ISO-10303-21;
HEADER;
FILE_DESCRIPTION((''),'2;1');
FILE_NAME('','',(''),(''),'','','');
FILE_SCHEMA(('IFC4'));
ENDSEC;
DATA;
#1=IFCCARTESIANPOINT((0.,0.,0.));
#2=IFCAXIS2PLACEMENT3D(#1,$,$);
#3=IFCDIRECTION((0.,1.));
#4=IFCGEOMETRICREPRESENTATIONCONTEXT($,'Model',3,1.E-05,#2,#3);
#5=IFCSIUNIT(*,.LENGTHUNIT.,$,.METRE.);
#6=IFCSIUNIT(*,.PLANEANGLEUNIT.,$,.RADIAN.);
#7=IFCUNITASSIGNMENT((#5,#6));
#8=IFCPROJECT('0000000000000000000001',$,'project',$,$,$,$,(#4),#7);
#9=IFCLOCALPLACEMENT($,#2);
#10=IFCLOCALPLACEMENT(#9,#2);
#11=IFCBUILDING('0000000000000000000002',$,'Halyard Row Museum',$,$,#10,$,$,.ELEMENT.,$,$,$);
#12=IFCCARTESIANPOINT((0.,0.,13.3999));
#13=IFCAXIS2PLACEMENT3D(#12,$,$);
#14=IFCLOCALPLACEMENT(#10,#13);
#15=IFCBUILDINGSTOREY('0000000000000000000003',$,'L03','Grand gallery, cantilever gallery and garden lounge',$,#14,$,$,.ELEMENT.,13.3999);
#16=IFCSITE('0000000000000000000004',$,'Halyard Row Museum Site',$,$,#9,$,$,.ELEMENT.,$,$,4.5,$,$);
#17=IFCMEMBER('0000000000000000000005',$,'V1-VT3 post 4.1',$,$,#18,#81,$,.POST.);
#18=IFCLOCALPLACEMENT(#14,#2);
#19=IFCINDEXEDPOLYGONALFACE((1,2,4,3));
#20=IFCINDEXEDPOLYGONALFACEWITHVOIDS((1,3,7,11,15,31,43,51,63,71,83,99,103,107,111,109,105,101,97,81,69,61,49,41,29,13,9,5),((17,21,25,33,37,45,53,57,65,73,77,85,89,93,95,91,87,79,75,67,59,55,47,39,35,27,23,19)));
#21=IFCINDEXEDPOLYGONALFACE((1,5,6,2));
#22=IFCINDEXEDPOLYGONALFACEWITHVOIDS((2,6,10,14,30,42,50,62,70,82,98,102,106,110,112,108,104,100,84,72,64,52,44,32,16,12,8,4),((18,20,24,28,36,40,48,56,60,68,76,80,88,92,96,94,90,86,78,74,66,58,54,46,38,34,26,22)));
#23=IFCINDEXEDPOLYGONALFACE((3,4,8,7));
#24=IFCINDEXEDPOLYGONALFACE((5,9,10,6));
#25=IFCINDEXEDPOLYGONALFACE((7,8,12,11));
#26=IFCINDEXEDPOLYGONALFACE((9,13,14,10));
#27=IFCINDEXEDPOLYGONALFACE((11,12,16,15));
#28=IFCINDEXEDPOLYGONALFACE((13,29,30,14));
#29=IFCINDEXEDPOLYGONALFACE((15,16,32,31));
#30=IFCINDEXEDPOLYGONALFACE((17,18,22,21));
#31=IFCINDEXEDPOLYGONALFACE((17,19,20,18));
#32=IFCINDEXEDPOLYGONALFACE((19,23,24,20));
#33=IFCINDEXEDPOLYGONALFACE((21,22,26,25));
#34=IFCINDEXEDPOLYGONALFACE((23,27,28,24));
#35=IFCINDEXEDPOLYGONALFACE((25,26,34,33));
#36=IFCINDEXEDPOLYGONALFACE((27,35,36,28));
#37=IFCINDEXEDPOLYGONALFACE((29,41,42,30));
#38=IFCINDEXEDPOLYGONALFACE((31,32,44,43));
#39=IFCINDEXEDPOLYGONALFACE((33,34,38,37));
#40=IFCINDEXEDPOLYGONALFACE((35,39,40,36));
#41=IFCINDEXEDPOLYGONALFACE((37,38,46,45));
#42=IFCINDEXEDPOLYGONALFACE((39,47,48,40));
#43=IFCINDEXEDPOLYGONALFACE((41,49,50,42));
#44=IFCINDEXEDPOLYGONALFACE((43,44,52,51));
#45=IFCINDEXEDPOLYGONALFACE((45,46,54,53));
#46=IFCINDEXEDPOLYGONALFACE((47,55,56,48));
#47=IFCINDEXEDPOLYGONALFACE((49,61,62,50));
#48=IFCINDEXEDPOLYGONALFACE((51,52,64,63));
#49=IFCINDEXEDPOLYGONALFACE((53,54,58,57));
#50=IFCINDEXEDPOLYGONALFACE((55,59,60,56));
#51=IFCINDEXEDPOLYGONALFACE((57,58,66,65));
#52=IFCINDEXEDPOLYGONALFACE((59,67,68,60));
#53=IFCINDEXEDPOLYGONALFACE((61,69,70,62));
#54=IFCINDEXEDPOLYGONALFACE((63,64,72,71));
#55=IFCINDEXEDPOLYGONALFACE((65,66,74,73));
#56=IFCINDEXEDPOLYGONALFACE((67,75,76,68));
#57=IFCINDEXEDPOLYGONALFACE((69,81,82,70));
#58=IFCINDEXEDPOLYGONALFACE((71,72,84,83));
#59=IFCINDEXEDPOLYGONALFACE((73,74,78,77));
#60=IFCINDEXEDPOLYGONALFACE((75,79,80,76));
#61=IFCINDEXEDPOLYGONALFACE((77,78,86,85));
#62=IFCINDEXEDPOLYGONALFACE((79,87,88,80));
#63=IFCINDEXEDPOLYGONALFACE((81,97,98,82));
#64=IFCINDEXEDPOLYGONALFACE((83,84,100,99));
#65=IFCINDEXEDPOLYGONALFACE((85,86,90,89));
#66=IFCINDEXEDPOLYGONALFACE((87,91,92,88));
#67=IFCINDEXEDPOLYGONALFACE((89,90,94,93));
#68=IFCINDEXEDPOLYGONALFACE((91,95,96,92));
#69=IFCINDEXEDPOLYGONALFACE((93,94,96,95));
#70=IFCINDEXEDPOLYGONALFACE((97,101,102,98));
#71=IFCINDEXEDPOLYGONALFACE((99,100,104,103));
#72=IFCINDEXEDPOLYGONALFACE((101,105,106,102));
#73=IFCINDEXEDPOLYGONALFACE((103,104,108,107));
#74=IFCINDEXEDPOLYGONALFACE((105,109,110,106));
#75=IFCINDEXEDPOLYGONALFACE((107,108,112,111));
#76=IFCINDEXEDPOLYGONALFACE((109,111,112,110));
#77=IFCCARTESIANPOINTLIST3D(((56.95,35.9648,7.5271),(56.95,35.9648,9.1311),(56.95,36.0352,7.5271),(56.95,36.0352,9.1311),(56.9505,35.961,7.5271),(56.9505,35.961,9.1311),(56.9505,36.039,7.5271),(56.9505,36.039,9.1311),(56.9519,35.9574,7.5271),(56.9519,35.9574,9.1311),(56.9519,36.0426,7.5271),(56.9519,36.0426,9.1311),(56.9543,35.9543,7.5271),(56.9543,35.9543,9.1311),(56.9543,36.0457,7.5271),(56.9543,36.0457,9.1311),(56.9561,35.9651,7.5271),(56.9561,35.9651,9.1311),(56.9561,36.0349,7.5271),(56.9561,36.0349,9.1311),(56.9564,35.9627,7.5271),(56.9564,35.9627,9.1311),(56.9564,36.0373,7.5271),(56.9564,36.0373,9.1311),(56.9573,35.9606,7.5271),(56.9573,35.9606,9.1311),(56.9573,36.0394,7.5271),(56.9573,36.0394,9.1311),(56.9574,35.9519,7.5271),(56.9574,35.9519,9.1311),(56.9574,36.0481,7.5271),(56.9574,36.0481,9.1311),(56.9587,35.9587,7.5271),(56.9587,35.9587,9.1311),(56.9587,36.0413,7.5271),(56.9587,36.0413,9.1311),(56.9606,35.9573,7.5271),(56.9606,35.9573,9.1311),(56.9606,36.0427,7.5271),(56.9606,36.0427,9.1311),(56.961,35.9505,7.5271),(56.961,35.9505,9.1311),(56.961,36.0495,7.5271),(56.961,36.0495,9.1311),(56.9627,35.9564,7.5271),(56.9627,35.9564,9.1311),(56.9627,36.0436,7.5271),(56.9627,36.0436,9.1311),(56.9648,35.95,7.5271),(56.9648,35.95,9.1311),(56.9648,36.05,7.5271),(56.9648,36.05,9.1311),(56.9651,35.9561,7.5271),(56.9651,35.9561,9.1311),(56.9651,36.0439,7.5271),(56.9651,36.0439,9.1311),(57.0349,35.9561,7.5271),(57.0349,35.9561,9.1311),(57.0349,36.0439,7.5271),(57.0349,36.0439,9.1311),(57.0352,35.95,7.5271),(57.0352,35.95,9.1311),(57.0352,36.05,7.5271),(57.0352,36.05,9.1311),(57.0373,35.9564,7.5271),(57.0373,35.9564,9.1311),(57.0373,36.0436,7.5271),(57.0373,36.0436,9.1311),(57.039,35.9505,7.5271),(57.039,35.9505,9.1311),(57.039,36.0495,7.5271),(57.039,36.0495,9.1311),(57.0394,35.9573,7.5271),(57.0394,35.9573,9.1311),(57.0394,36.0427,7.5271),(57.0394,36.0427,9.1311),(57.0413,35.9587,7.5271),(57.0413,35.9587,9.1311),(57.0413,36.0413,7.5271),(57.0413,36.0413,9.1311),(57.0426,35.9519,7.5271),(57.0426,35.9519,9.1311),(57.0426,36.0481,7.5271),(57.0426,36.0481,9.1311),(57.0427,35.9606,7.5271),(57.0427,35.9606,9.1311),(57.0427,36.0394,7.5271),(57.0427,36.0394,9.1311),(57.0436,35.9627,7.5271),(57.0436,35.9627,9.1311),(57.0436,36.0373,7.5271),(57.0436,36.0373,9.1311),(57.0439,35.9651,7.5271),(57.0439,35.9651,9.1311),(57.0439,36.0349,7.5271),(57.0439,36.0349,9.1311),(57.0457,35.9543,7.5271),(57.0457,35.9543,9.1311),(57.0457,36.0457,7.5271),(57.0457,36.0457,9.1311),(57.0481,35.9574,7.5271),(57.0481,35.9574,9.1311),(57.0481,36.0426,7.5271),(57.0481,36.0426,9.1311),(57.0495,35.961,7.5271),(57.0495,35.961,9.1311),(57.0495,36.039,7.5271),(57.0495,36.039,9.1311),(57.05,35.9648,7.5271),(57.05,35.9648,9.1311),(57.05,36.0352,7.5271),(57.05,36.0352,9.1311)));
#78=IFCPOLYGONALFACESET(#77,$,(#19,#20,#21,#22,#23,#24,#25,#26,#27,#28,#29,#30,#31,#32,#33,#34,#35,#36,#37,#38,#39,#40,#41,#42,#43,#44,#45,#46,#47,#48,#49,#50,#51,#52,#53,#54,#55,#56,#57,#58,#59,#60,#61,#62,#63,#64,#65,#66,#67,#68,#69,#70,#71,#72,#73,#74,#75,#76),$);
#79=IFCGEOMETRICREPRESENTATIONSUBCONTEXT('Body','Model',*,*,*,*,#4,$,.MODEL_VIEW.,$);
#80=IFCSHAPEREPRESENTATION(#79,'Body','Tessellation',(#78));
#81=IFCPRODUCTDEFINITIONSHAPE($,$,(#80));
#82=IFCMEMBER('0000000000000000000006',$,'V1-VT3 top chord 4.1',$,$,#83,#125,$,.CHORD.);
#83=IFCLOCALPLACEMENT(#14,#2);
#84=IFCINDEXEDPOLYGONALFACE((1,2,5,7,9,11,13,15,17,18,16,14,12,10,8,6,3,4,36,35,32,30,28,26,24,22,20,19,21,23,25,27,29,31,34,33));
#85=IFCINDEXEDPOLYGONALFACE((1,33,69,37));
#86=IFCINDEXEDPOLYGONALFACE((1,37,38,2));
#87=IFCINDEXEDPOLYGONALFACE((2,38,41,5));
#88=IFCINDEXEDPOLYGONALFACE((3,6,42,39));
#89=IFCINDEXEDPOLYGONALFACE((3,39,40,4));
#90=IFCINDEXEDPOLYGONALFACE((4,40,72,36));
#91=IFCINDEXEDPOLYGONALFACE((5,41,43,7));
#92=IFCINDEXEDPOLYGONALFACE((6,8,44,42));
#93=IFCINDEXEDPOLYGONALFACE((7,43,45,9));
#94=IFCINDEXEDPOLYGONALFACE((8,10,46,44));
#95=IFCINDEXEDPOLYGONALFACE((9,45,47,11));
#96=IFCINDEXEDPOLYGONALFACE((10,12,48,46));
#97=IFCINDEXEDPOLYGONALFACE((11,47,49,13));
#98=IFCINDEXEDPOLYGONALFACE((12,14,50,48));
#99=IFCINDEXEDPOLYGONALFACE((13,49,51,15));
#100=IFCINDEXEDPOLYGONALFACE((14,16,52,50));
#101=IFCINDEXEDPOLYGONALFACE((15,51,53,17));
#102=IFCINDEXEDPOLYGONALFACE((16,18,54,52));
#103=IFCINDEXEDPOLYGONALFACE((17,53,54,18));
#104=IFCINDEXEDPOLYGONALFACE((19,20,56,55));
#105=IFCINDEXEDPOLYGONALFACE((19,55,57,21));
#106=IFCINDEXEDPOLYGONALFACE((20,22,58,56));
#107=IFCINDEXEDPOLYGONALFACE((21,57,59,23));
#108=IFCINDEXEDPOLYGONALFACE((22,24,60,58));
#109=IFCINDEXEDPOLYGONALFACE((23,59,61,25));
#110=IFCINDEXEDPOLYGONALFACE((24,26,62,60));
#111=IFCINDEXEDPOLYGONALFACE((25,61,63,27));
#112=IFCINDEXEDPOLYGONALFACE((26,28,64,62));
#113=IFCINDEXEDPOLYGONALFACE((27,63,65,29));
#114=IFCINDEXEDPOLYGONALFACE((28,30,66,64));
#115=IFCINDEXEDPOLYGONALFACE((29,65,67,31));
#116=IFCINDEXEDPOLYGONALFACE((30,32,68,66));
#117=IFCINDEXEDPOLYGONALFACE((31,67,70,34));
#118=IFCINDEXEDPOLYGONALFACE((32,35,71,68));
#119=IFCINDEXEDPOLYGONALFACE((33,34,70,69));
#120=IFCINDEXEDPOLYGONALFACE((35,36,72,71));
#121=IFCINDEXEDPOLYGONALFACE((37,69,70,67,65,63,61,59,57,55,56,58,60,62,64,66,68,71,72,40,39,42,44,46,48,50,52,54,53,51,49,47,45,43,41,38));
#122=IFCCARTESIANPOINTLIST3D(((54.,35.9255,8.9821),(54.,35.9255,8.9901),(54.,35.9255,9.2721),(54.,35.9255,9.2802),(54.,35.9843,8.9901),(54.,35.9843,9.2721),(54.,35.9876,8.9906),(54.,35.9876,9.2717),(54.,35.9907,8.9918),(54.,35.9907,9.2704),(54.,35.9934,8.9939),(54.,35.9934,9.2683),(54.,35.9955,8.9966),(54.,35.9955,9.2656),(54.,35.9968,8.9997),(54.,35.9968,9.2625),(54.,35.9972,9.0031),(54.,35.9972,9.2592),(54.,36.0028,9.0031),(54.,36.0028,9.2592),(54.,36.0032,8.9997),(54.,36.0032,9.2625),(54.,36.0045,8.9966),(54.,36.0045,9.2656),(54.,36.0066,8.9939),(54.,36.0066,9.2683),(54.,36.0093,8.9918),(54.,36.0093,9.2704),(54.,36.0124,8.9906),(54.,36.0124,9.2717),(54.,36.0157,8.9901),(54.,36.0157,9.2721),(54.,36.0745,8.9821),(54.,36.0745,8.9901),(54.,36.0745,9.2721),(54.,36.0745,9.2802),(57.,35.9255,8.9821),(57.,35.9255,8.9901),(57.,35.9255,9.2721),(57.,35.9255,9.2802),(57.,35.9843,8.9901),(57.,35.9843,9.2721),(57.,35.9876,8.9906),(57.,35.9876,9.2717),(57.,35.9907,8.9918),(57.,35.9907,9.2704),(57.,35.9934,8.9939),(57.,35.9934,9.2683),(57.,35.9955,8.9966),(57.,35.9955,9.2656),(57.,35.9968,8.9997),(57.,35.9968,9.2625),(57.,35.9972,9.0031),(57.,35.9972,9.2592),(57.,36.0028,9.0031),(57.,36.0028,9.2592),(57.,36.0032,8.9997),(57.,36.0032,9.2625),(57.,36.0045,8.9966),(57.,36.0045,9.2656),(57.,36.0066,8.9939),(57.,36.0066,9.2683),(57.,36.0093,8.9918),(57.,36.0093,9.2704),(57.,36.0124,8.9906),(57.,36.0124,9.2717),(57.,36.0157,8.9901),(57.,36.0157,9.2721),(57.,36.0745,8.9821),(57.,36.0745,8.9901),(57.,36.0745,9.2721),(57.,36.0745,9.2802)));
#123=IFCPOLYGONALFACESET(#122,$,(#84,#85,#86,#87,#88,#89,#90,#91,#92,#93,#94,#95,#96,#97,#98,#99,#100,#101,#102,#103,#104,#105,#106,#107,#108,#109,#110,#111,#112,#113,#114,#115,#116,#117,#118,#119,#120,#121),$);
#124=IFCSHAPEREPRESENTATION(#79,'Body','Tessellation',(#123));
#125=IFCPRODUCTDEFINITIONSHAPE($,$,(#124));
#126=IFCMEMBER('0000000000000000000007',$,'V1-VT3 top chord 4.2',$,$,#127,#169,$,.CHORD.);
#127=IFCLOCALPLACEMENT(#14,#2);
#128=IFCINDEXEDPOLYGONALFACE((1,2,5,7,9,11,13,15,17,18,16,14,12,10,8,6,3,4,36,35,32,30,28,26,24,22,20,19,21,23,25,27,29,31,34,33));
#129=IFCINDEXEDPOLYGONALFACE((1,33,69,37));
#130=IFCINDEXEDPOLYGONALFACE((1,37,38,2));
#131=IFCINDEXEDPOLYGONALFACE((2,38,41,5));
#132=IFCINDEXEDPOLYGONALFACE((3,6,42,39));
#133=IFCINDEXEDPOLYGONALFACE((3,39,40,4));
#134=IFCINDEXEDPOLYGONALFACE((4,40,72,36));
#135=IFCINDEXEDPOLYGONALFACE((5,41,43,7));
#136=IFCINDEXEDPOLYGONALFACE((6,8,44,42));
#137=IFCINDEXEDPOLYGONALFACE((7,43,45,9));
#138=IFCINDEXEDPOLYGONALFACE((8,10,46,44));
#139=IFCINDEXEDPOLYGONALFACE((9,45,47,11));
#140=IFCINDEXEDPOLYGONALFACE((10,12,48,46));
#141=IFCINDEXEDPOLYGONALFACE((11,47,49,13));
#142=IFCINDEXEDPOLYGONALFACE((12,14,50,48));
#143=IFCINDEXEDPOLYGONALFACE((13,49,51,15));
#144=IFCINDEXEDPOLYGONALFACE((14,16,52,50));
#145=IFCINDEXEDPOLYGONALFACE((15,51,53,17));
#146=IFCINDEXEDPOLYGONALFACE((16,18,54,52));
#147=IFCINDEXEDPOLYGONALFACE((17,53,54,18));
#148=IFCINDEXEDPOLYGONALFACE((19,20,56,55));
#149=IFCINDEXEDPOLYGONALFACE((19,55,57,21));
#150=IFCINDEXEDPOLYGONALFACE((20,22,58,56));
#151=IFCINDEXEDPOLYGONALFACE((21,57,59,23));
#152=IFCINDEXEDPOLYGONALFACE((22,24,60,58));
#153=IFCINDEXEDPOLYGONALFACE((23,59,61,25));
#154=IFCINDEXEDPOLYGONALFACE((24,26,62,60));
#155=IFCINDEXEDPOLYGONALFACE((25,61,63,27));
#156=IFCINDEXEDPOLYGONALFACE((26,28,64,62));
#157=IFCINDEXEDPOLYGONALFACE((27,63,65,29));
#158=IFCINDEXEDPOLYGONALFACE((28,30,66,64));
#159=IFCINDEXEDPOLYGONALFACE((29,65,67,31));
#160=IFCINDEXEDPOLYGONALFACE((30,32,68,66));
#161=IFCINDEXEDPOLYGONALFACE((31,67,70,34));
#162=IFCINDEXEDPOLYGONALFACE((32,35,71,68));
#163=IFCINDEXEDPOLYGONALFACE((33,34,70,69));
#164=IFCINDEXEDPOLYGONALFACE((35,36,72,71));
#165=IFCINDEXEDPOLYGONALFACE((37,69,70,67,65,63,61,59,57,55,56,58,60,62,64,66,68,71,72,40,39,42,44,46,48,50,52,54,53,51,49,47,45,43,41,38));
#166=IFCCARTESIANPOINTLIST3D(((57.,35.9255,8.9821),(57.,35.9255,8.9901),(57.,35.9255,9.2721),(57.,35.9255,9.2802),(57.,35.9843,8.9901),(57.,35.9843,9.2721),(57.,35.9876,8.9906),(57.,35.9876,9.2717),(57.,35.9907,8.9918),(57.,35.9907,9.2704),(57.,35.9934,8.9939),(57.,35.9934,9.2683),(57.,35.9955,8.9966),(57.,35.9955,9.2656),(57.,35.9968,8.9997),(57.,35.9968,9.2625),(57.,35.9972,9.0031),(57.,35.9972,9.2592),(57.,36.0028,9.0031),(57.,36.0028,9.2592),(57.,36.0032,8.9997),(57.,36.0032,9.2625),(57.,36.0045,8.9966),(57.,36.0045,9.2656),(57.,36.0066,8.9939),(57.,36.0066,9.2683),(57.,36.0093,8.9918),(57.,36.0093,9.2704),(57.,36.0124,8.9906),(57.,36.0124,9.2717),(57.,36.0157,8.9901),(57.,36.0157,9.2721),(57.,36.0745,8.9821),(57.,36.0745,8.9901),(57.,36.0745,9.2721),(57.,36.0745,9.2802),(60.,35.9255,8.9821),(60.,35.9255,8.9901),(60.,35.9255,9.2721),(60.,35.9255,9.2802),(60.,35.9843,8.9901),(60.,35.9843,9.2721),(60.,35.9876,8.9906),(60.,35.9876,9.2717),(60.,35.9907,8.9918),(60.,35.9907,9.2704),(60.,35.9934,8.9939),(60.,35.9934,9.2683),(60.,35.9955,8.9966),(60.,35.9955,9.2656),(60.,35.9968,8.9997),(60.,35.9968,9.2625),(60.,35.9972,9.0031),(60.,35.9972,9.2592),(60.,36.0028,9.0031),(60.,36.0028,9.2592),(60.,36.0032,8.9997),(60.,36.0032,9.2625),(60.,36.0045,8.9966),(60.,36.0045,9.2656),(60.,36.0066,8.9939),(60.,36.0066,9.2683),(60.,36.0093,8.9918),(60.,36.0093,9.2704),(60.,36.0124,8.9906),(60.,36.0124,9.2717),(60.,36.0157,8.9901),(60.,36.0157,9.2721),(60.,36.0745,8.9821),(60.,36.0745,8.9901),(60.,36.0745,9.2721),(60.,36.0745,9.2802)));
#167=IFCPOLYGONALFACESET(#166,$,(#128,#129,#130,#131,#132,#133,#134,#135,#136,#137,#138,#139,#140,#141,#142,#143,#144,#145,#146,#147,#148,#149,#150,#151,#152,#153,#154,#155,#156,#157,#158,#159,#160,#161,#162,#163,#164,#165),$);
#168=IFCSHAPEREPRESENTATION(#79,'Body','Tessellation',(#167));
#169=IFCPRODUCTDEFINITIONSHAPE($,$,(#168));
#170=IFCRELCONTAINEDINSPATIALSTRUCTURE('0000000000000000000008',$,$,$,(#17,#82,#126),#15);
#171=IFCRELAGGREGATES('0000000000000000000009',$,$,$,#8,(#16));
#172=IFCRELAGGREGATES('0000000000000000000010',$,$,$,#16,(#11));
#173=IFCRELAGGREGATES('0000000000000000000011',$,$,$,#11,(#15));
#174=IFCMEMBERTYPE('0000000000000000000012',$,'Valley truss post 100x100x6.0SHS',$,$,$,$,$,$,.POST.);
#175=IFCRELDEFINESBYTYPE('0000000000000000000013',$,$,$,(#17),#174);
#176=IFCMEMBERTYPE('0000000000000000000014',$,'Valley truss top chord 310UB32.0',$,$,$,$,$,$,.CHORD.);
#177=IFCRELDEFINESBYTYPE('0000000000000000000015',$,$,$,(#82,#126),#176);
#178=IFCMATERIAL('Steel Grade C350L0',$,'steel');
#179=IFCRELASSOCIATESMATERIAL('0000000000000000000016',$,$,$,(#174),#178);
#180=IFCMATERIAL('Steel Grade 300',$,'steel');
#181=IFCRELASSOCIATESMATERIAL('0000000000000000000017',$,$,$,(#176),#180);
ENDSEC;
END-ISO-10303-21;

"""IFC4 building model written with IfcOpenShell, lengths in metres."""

from ifc_helpers import new_model, si_unit, direction, frame, origin, origin_2d, place, context, subcontext, project, spatial, hollow_rectangle, i_section, extrude, material, material_profile, profile_set, type_object, element, save


model = new_model("IFC4")

# Units and contexts
model_context = context("Model", 3, precision=1e-05, world=origin(), true_north=direction((0.0, 1.0)))
body_context = subcontext(model_context, "Body", "Model", "MODEL_VIEW")
ifc_project = project(units=[si_unit("LENGTHUNIT", "METRE"), si_unit("PLANEANGLEUNIT", "RADIAN")], contexts=[model_context])

# Site, building, storey
site_placement = place(None, origin())
site = spatial("IfcSite", under=ifc_project, at=site_placement, Name="Halyard Row Museum Site", CompositionType="ELEMENT", RefElevation=4.5)
building_placement = place(site_placement, origin())
building = spatial("IfcBuilding", under=site, at=building_placement, Name="Halyard Row Museum", CompositionType="ELEMENT")
storey_placement = place(building_placement, frame((0.0, 0.0, 13.3999)))
storey = spatial("IfcBuildingStorey", under=building, at=storey_placement, Name="L03", Description="Grand gallery, cantilever gallery and garden lounge", CompositionType="ELEMENT", Elevation=13.3999)

# Members
ifc_material_1 = material(Name="Steel Grade C350L0", Category="steel")
ifc_material_profile_1 = material_profile(ifc_material_1, hollow_rectangle(XDim=0.1001, YDim=0.1001, WallThickness=0.0061, InnerFilletRadius=0.009, OuterFilletRadius=0.0149, at=origin_2d()), Name="100x100x6.0SHS")
ifc_profile_set_1 = profile_set([ifc_material_profile_1], Name="Steel Grade C350L0")
member_type_1 = type_object("IfcMemberType", Name="Valley truss post 100x100x6.0SHS", PredefinedType="POST", material=ifc_profile_set_1)
member_placement = place(storey_placement, frame((57.0, 36.0, 7.5271), z_axis=(0.0, 0.0, 1.0), x_axis=(1.0, 0.0, 0.0)))
element("IfcMember", 1, at=member_placement, inside=storey, type_object=member_type_1, Name="V1-VT3 post 4.1", PredefinedType="POST", context=body_context, shape_type="SweptSolid", body=[
    extrude(hollow_rectangle(XDim=0.1001, YDim=0.1001, WallThickness=0.0061, InnerFilletRadius=0.009, OuterFilletRadius=0.0149, at=origin_2d()), origin(), (0.0, 0.0, 1.0), 1.604),
])
ifc_material_2 = material(Name="Steel Grade 300", Category="steel")
ifc_material_profile_2 = material_profile(ifc_material_2, i_section(OverallWidth=0.1489, OverallDepth=0.2981, WebThickness=0.0056, FlangeThickness=0.0081, FilletRadius=0.0129, at=origin_2d()), Name="310UB32.0")
ifc_profile_set_2 = profile_set([ifc_material_profile_2], Name="Steel Grade 300")
member_type_2 = type_object("IfcMemberType", Name="Valley truss top chord 310UB32.0", PredefinedType="CHORD", material=ifc_profile_set_2)
for number, where, z_axis, x_axis, name in (
    (2, (54.0, 36.0, 9.1311), (1.0, 0.0, 0.0), (0.0, 1.0, 0.0), "V1-VT3 top chord 4.1"),
    (3, (57.0, 36.0, 9.1311), (1.0, 0.0, 0.0), (0.0, 1.0, 0.0), "V1-VT3 top chord 4.2"),
):
    element("IfcMember", number, at=place(storey_placement, frame(where, z_axis=z_axis, x_axis=x_axis)), inside=storey, type_object=member_type_2, Name=name, PredefinedType="CHORD", context=body_context, shape_type="SweptSolid", body=[
        extrude(i_section(OverallWidth=0.1489, OverallDepth=0.2981, WebThickness=0.0056, FlangeThickness=0.0081, FilletRadius=0.0129, at=origin_2d()), origin(), (0.0, 0.0, 1.0), 3.0),
    ])

save(model, "model.ifc")
